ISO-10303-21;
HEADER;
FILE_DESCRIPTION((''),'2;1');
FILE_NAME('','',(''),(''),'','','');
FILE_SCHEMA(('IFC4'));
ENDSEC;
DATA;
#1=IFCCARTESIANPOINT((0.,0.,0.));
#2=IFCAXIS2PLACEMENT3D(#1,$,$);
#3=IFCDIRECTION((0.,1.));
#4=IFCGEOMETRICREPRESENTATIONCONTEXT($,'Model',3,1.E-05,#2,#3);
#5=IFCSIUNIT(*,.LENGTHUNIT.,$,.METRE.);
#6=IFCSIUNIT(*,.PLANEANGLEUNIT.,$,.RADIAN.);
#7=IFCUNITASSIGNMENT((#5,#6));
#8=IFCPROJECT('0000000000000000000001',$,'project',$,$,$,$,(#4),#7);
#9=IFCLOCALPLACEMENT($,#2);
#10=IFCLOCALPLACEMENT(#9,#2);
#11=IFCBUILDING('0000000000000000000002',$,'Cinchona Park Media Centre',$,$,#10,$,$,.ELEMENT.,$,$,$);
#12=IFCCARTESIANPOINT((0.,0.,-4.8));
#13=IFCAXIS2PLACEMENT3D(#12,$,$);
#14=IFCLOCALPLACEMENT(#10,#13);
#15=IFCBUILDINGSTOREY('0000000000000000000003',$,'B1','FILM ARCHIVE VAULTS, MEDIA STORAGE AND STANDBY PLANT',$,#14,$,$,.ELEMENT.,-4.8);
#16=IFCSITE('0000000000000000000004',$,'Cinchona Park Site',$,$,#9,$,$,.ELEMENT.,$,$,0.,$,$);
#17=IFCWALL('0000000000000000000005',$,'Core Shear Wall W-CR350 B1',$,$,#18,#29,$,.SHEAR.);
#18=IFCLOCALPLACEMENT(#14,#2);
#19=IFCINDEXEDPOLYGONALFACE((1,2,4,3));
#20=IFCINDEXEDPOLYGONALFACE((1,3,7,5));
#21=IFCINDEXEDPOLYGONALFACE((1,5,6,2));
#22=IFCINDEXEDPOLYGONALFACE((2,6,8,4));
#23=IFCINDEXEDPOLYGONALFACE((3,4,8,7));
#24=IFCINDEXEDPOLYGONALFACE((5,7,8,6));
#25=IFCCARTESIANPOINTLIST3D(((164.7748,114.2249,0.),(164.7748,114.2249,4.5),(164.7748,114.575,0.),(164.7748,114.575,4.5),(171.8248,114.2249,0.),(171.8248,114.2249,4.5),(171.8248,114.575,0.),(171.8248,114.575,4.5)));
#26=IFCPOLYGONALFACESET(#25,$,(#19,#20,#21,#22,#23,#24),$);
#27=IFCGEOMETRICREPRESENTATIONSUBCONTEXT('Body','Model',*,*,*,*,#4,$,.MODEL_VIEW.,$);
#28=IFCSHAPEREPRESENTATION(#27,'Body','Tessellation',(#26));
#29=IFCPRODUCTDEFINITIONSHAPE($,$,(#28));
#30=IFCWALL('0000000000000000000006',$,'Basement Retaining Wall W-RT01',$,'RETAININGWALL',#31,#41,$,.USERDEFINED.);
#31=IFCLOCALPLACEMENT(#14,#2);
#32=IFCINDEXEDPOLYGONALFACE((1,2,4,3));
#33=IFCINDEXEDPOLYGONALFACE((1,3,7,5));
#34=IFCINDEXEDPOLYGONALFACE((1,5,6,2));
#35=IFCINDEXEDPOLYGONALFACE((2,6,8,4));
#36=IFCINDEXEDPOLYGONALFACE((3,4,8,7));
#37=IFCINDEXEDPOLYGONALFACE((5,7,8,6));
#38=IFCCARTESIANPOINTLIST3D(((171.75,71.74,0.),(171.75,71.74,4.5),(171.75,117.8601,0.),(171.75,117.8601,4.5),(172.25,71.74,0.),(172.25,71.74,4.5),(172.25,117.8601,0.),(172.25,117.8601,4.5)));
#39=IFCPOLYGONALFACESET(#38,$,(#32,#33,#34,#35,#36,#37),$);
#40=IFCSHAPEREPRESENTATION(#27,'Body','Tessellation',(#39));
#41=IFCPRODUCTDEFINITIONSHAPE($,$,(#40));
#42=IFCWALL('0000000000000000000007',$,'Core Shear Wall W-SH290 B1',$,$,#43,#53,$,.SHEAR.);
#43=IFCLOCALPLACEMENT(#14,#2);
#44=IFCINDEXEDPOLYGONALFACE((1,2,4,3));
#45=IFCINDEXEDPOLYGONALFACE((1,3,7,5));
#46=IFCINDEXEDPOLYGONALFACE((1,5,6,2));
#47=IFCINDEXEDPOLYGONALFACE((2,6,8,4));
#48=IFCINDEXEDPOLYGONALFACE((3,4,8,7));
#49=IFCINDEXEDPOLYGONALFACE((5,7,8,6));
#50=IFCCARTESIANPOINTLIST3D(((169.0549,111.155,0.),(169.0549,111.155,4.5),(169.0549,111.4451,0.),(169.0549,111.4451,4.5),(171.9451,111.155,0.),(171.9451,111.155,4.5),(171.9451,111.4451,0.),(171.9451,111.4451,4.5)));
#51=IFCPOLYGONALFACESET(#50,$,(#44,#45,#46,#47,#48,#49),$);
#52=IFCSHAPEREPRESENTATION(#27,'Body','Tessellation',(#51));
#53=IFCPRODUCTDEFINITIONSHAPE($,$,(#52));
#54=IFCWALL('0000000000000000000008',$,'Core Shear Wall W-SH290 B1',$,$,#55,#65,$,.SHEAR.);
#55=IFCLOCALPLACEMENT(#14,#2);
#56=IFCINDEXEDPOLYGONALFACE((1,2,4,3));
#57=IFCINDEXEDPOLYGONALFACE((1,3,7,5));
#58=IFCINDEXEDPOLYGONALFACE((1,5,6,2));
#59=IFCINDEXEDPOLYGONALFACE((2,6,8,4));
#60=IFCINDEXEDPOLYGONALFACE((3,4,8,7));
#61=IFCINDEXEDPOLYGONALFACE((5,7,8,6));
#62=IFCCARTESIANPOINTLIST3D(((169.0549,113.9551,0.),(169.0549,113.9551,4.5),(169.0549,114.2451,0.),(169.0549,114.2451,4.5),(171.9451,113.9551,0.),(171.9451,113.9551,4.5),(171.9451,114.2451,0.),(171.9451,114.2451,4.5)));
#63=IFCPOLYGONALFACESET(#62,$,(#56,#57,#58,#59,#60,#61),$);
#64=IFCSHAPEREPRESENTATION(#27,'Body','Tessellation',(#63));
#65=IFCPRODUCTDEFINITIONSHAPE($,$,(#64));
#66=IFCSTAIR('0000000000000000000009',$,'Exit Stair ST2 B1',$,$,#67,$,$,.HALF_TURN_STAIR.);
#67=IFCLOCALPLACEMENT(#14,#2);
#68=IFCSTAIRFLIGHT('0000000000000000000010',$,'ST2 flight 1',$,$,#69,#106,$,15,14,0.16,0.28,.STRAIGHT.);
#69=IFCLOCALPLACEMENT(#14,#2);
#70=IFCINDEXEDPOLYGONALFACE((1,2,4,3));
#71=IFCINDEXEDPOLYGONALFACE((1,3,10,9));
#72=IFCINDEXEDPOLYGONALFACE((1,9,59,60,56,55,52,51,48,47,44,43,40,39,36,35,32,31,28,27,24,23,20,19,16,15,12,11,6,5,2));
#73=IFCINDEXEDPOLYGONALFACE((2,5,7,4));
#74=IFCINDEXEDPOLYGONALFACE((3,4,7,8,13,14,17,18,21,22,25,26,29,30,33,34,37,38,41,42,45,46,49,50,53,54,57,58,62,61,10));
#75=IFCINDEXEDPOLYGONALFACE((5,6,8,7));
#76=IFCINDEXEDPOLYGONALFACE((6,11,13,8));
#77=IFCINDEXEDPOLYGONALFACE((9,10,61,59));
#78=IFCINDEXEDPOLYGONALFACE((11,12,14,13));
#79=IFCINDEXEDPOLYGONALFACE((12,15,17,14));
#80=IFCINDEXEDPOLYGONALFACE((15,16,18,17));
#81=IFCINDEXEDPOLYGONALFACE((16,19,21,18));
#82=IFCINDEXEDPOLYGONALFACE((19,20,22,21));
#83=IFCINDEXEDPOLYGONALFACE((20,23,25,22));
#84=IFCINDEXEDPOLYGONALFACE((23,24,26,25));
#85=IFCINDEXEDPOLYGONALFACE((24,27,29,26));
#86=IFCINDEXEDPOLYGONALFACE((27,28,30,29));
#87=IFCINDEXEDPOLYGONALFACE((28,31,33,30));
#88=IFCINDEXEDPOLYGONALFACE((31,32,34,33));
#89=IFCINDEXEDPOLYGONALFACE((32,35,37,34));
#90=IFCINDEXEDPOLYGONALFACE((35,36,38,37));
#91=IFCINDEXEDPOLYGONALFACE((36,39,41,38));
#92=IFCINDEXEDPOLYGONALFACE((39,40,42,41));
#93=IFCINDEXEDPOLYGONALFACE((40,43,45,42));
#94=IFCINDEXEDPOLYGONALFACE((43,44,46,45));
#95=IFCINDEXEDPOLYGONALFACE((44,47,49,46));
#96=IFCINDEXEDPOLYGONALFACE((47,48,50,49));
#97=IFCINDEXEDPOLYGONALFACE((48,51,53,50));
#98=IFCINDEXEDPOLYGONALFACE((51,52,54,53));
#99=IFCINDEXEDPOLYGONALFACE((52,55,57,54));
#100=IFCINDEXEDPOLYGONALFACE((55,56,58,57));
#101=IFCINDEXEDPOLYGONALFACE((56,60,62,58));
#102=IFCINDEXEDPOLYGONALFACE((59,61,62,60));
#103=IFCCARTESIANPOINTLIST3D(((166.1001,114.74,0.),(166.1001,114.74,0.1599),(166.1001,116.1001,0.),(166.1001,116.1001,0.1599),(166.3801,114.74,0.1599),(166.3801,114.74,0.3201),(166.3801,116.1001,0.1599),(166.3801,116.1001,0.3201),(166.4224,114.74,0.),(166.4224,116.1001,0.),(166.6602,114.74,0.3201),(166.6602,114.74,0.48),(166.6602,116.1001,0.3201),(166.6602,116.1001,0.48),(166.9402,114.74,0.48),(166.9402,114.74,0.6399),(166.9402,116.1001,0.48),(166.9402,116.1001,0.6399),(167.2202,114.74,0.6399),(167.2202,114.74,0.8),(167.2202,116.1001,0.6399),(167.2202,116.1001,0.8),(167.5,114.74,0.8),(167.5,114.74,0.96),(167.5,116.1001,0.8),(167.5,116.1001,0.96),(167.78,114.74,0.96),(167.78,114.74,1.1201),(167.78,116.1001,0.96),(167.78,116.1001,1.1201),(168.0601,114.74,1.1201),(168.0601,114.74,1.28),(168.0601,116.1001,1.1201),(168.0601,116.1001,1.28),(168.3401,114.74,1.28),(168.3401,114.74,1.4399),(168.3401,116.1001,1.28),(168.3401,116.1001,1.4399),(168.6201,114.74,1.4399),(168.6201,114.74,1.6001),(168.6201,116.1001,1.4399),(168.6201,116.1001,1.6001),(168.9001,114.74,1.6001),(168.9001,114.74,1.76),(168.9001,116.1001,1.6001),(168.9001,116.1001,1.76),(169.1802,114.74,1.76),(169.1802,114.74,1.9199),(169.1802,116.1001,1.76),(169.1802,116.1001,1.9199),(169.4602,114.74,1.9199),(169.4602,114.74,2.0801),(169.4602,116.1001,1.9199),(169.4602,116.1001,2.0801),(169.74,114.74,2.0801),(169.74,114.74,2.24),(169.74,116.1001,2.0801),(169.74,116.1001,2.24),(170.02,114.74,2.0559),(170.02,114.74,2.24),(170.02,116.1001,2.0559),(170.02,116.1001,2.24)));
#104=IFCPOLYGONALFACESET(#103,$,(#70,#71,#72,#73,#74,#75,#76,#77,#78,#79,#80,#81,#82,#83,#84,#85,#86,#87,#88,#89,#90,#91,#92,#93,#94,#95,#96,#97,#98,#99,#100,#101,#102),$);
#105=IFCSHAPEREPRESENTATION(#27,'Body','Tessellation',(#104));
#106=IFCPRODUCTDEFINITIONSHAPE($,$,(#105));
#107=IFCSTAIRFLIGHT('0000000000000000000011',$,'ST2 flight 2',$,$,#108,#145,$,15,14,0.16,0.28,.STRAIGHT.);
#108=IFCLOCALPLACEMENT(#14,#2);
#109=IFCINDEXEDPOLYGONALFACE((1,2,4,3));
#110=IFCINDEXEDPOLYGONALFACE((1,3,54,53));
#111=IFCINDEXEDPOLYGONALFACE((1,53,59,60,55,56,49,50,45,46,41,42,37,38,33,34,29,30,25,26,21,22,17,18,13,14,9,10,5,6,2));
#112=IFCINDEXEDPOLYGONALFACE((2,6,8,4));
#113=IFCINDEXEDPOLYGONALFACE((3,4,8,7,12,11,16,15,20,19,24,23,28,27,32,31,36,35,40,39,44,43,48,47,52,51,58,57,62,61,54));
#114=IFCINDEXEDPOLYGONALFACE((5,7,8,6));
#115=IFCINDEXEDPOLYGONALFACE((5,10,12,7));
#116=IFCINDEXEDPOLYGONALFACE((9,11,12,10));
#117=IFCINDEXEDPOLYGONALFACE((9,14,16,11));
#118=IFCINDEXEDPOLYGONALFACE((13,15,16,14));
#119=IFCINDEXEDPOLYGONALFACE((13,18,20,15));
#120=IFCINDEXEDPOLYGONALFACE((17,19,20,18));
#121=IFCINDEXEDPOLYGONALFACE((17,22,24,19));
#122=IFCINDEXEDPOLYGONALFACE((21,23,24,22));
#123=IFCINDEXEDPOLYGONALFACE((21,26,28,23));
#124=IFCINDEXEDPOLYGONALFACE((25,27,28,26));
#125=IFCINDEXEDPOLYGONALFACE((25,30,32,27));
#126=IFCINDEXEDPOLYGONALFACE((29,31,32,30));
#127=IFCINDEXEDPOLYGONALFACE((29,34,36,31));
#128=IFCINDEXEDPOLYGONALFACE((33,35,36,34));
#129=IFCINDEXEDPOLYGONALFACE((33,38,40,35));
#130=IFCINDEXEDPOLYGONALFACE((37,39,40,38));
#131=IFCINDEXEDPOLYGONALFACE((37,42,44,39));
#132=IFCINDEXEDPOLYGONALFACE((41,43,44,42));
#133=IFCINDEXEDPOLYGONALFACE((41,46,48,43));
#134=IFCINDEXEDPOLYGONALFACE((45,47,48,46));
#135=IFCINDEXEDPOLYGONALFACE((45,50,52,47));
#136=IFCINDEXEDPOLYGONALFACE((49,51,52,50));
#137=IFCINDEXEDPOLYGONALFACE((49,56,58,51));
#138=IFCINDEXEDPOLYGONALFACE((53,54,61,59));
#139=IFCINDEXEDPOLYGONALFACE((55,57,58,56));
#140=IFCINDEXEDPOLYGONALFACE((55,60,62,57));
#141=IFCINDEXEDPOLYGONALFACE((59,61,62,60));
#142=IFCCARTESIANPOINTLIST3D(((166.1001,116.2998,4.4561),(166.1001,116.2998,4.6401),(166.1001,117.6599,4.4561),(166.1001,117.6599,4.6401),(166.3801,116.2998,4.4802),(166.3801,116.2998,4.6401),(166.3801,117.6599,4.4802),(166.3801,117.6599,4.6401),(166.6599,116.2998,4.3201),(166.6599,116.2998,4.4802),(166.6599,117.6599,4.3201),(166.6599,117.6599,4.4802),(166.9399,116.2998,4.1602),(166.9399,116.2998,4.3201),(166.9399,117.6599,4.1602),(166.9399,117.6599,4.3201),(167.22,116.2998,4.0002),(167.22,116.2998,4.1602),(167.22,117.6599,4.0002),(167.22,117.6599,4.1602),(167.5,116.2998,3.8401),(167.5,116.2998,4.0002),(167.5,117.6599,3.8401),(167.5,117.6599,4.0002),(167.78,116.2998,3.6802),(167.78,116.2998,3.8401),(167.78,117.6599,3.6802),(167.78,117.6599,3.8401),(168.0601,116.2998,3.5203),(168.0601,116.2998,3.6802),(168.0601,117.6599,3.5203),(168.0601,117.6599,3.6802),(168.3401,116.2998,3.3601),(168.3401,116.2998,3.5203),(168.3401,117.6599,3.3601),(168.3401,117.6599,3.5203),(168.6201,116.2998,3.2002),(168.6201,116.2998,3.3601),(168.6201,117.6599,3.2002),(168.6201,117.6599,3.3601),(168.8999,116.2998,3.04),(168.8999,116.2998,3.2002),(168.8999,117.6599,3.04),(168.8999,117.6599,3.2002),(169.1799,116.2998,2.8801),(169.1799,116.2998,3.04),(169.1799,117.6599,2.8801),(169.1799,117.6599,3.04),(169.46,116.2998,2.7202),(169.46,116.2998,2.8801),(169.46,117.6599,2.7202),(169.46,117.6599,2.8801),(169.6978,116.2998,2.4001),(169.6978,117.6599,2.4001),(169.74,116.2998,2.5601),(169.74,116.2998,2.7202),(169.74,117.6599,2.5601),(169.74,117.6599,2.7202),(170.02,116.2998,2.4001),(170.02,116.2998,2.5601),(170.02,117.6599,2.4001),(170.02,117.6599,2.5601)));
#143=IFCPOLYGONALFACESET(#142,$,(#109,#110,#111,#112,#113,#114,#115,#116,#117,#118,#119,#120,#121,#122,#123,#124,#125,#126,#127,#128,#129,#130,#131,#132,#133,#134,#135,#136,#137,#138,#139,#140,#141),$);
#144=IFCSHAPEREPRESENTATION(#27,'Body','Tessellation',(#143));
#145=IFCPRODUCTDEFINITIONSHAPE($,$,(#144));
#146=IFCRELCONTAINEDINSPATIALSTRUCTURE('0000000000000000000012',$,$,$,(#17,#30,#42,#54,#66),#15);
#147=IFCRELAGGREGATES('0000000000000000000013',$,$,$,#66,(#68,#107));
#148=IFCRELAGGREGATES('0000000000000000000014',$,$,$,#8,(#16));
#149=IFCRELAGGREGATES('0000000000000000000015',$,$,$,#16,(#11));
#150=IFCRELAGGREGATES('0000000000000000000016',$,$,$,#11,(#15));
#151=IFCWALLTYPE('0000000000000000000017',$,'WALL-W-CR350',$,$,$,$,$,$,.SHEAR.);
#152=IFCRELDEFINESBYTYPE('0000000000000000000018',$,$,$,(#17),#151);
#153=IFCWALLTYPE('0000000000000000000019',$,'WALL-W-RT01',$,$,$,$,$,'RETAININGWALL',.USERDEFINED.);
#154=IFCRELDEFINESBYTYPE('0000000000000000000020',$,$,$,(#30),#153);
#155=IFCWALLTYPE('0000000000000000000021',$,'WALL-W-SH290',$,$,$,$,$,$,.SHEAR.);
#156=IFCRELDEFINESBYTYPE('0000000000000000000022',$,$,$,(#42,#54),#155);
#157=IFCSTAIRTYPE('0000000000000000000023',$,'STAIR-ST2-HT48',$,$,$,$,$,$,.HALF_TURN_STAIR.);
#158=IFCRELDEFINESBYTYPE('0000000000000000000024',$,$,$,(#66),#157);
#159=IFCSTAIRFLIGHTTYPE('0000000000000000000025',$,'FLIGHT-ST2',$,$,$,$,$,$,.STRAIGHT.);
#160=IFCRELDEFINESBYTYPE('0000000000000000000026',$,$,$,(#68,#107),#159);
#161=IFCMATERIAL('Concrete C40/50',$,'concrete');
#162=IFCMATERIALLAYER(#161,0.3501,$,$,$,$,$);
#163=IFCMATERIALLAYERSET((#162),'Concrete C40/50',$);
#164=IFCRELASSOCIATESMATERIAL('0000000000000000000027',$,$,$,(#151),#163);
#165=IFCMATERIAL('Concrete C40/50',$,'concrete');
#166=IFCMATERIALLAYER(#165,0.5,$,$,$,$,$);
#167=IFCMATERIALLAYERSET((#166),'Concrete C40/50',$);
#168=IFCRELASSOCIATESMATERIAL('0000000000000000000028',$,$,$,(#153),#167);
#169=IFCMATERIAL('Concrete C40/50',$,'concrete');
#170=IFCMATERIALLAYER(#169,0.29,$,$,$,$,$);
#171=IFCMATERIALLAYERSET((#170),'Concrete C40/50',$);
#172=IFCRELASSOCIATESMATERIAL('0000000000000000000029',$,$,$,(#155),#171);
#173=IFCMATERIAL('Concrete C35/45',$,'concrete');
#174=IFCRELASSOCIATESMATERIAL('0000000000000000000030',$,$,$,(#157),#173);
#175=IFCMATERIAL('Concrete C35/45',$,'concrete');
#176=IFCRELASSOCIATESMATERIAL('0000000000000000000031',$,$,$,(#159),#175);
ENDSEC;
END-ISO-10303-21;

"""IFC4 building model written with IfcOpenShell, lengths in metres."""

from ifc_helpers import new_model, si_unit, direction, frame, frame_2d, origin, place, context, subcontext, project, spatial, polyline, rectangle, outline, extrude, material, layer, layer_set, type_object, element, aggregate, save


model = new_model("IFC4")

# Units and contexts
model_context = context("Model", 3, precision=1e-05, world=origin(), true_north=direction((0.0, 1.0)))
body_context = subcontext(model_context, "Body", "Model", "MODEL_VIEW")
ifc_project = project(units=[si_unit("LENGTHUNIT", "METRE"), si_unit("PLANEANGLEUNIT", "RADIAN")], contexts=[model_context])

# Site, building, storey
site_placement = place(None, origin())
site = spatial("IfcSite", under=ifc_project, at=site_placement, Name="Cinchona Park Site", CompositionType="ELEMENT", RefElevation=0.0)
building_placement = place(site_placement, origin())
building = spatial("IfcBuilding", under=site, at=building_placement, Name="Cinchona Park Media Centre", CompositionType="ELEMENT")
storey_placement = place(building_placement, frame((0.0, 0.0, -4.8)))
storey = spatial("IfcBuildingStorey", under=building, at=storey_placement, Name="B1", Description="FILM ARCHIVE VAULTS, MEDIA STORAGE AND STANDBY PLANT", CompositionType="ELEMENT", Elevation=-4.8)

# Shared definitions
ifc_material_1 = material(Name="Concrete C40/50", Category="concrete")
ifc_layer_1 = layer(ifc_material_1, 0.3501)
ifc_layer_set_1 = layer_set([ifc_layer_1], Name="Concrete C40/50")
wall_type_1 = type_object("IfcWallType", Name="WALL-W-CR350", PredefinedType="SHEAR", material=ifc_layer_set_1)

# Walls
wall_1_placement = place(storey_placement, frame((164.7749, 114.3999, 0.0), z_axis=(0.0, 0.0, 1.0), x_axis=(1.0, 0.0, 0.0)))
element("IfcWall", 1, at=wall_1_placement, inside=storey, type_object=wall_type_1, Name="Core Shear Wall W-CR350 B1", PredefinedType="SHEAR", context=body_context, shape_type="SweptSolid", body=[
    extrude(rectangle(XDim=7.05, YDim=0.3501, at=frame_2d((3.5249, 0.0))), origin(), (0.0, 0.0, 1.0), 4.5),
])
ifc_material_2 = material(Name="Concrete C40/50", Category="concrete")
ifc_layer_2 = layer(ifc_material_2, 0.5)
ifc_layer_set_2 = layer_set([ifc_layer_2], Name="Concrete C40/50")
wall_type_2 = type_object("IfcWallType", Name="WALL-W-RT01", ElementType="RETAININGWALL", PredefinedType="USERDEFINED", material=ifc_layer_set_2)
wall_2_placement = place(storey_placement, frame((172.0, 117.8601, 0.0), z_axis=(0.0, 0.0, 1.0), x_axis=(0.0, -1.0, 0.0)))
element("IfcWall", 2, at=wall_2_placement, inside=storey, type_object=wall_type_2, Name="Basement Retaining Wall W-RT01", ObjectType="RETAININGWALL", PredefinedType="USERDEFINED", context=body_context, shape_type="SweptSolid", body=[
    extrude(rectangle(XDim=46.1201, YDim=0.5, at=frame_2d((23.0601, 0.0))), origin(), (0.0, 0.0, 1.0), 4.5),
])
ifc_material_3 = material(Name="Concrete C40/50", Category="concrete")
ifc_layer_3 = layer(ifc_material_3, 0.29)
ifc_layer_set_3 = layer_set([ifc_layer_3], Name="Concrete C40/50")
wall_type_3 = type_object("IfcWallType", Name="WALL-W-SH290", PredefinedType="SHEAR", material=ifc_layer_set_3)
for number, where, z_axis, x_axis, name in (
    (3, (169.0549, 111.3, 0.0), (0.0, 0.0, 1.0), (1.0, 0.0, 0.0), "Core Shear Wall W-SH290 B1"),
    (4, (169.0549, 114.1001, 0.0), (0.0, 0.0, 1.0), (1.0, 0.0, 0.0), "Core Shear Wall W-SH290 B1"),
):
    element("IfcWall", number, at=place(storey_placement, frame(where, z_axis=z_axis, x_axis=x_axis)), inside=storey, type_object=wall_type_3, Name=name, PredefinedType="SHEAR", context=body_context, shape_type="SweptSolid", body=[
        extrude(rectangle(XDim=2.8901, YDim=0.29, at=frame_2d((1.4451, 0.0))), origin(), (0.0, 0.0, 1.0), 4.5),
    ])

# Stair, stair flights
ifc_material_4 = material(Name="Concrete C35/45", Category="concrete")
stair_type = type_object("IfcStairType", Name="STAIR-ST2-HT48", PredefinedType="HALF_TURN_STAIR", material=ifc_material_4)
stair_placement = place(storey_placement, origin())
stair = element("IfcStair", 5, at=stair_placement, inside=storey, type_object=stair_type, Name="Exit Stair ST2 B1", PredefinedType="HALF_TURN_STAIR")
ifc_material_5 = material(Name="Concrete C35/45", Category="concrete")
stair_flight_type = type_object("IfcStairFlightType", Name="FLIGHT-ST2", PredefinedType="STRAIGHT", material=ifc_material_5)
stair_flight_1_placement = place(storey_placement, frame((166.1001, 115.4199, 0.0), z_axis=(0.0, 0.0, 1.0), x_axis=(1.0, 0.0, 0.0)))
stair_flight_1 = element("IfcStairFlight", 6, at=stair_flight_1_placement, type_object=stair_flight_type, Name="ST2 flight 1", NumberOfRisers=15, NumberOfTreads=14, PredefinedType="STRAIGHT", RiserHeight=0.16, TreadLength=0.28, context=body_context, shape_type="SweptSolid", body=[
    extrude(outline(polyline([(0.0, 0.0), (0.0, 0.1599), (0.28, 0.1599), (0.28, 0.3201), (0.5601, 0.3201), (0.5601, 0.48), (0.8401, 0.48), (0.8401, 0.6399), (1.1201, 0.6399), (1.1201, 0.8), (1.3999, 0.8), (1.3999, 0.96), (1.6799, 0.96), (1.6799, 1.1201), (1.96, 1.1201), (1.96, 1.28), (2.24, 1.28), (2.24, 1.4399), (2.52, 1.4399), (2.52, 1.6001), (2.8, 1.6001), (2.8, 1.76), (3.0801, 1.76), (3.0801, 1.9199), (3.3601, 1.9199), (3.3601, 2.0801), (3.6399, 2.0801), (3.6399, 2.24), (3.9199, 2.24), (3.9199, 2.3999), (3.9199, 2.0559), (0.3223, 0.0), (0.0, 0.0)])), frame((0.0, 0.6802, 0.0), z_axis=(0.0, -1.0, 0.0), x_axis=(1.0, 0.0, 0.0)), (0.0, 0.0, 1.0), 1.3601),
])
stair_flight_2_placement = place(storey_placement, frame((170.02, 116.98, 2.4001), z_axis=(0.0, 0.0, 1.0), x_axis=(-1.0, 0.0, 0.0)))
stair_flight_2 = element("IfcStairFlight", 7, at=stair_flight_2_placement, type_object=stair_flight_type, Name="ST2 flight 2", NumberOfRisers=15, NumberOfTreads=14, PredefinedType="STRAIGHT", RiserHeight=0.16, TreadLength=0.28, context=body_context, shape_type="SweptSolid", body=[
    extrude(outline(polyline([(0.0, 0.0), (0.0, 0.1599), (0.28, 0.1599), (0.28, 0.3201), (0.5601, 0.3201), (0.5601, 0.48), (0.8401, 0.48), (0.8401, 0.6399), (1.1201, 0.6399), (1.1201, 0.8), (1.3999, 0.8), (1.3999, 0.96), (1.6799, 0.96), (1.6799, 1.1201), (1.96, 1.1201), (1.96, 1.28), (2.24, 1.28), (2.24, 1.4399), (2.52, 1.4399), (2.52, 1.6001), (2.8, 1.6001), (2.8, 1.76), (3.0801, 1.76), (3.0801, 1.9199), (3.3601, 1.9199), (3.3601, 2.0801), (3.6399, 2.0801), (3.6399, 2.24), (3.9199, 2.24), (3.9199, 2.3999), (3.9199, 2.0559), (0.3223, 0.0), (0.0, 0.0)])), frame((0.0, 0.6802, 0.0), z_axis=(0.0, -1.0, 0.0), x_axis=(1.0, 0.0, 0.0)), (0.0, 0.0, 1.0), 1.3601),
])
aggregate(stair, [stair_flight_1, stair_flight_2])

save(model, "model.ifc")
